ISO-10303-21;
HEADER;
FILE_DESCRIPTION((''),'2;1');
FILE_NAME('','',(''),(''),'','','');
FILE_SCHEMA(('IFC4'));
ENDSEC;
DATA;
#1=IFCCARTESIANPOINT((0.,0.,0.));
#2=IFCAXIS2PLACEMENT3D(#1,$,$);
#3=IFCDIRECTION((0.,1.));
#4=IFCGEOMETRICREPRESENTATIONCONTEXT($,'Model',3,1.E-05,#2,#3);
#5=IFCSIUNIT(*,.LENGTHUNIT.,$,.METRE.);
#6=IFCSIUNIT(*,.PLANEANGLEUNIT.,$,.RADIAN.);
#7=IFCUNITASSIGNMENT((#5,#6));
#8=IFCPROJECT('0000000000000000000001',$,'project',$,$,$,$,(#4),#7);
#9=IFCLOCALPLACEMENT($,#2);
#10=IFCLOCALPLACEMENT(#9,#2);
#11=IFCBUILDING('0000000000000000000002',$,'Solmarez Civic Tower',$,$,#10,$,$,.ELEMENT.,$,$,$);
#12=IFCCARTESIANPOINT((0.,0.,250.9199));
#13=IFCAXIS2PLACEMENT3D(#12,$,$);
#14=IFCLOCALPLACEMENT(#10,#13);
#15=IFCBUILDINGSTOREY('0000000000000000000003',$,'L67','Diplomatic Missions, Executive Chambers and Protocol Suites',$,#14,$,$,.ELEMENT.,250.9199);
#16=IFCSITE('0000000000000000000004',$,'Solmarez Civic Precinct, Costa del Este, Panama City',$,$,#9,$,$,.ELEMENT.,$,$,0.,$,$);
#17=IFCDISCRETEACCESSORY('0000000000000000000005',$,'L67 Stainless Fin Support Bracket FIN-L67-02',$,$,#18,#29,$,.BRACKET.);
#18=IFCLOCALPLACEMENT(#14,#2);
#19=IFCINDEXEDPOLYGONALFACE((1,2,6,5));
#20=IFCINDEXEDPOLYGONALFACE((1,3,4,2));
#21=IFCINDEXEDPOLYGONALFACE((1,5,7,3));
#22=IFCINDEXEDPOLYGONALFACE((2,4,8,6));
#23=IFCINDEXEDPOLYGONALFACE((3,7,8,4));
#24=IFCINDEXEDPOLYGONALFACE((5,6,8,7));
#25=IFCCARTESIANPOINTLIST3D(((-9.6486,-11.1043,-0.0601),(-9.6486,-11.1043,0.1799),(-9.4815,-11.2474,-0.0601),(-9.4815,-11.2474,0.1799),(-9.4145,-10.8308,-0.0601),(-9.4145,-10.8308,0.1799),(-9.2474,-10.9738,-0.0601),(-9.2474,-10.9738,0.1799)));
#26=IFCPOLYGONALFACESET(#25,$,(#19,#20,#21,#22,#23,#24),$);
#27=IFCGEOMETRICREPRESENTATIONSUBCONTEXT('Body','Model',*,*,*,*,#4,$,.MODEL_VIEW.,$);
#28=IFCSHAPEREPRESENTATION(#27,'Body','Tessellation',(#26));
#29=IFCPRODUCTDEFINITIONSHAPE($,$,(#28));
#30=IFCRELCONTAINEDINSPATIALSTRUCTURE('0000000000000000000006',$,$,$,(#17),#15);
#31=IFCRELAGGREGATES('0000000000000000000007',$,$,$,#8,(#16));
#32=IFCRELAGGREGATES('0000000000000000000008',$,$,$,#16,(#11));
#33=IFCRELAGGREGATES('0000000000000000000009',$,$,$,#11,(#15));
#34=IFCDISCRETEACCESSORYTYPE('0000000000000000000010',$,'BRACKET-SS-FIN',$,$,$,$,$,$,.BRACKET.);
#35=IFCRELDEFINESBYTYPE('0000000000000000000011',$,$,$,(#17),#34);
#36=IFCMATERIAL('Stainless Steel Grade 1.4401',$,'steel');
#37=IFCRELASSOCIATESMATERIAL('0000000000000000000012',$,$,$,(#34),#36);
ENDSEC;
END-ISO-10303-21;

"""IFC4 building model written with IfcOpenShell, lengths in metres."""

from ifc_helpers import new_model, si_unit, direction, frame, origin, origin_2d, place, context, subcontext, project, spatial, rectangle, extrude, material, type_object, element, save


model = new_model("IFC4")

# Units and contexts
model_context = context("Model", 3, precision=1e-05, world=origin(), true_north=direction((0.0, 1.0)))
body_context = subcontext(model_context, "Body", "Model", "MODEL_VIEW")
ifc_project = project(units=[si_unit("LENGTHUNIT", "METRE"), si_unit("PLANEANGLEUNIT", "RADIAN")], contexts=[model_context])

# Site, building, storey
site_placement = place(None, origin())
site = spatial("IfcSite", under=ifc_project, at=site_placement, Name="Solmarez Civic Precinct, Costa del Este, Panama City", CompositionType="ELEMENT", RefElevation=0.0)
building_placement = place(site_placement, origin())
building = spatial("IfcBuilding", under=site, at=building_placement, Name="Solmarez Civic Tower", CompositionType="ELEMENT")
storey_placement = place(building_placement, frame((0.0, 0.0, 250.9199)))
storey = spatial("IfcBuildingStorey", under=building, at=storey_placement, Name="L67", Description="Diplomatic Missions, Executive Chambers and Protocol Suites", CompositionType="ELEMENT", Elevation=250.9199)

# Discrete accessory
ifc_material_1 = material(Name="Stainless Steel Grade 1.4401", Category="steel")
discrete_accessory_type = type_object("IfcDiscreteAccessoryType", Name="BRACKET-SS-FIN", PredefinedType="BRACKET", material=ifc_material_1)
discrete_accessory_placement = place(storey_placement, frame((-9.448, -11.0391, -0.0601), z_axis=(0.0, 0.0, 1.0), x_axis=(-0.650256, -0.759715, 0.0)))
element("IfcDiscreteAccessory", 1, at=discrete_accessory_placement, inside=storey, type_object=discrete_accessory_type, Name="L67 Stainless Fin Support Bracket FIN-L67-02", PredefinedType="BRACKET", context=body_context, shape_type="SweptSolid", body=[
    extrude(rectangle(XDim=0.3601, YDim=0.22, at=origin_2d()), origin(), (0.0, 0.0, 1.0), 0.24),
])

save(model, "model.ifc")
